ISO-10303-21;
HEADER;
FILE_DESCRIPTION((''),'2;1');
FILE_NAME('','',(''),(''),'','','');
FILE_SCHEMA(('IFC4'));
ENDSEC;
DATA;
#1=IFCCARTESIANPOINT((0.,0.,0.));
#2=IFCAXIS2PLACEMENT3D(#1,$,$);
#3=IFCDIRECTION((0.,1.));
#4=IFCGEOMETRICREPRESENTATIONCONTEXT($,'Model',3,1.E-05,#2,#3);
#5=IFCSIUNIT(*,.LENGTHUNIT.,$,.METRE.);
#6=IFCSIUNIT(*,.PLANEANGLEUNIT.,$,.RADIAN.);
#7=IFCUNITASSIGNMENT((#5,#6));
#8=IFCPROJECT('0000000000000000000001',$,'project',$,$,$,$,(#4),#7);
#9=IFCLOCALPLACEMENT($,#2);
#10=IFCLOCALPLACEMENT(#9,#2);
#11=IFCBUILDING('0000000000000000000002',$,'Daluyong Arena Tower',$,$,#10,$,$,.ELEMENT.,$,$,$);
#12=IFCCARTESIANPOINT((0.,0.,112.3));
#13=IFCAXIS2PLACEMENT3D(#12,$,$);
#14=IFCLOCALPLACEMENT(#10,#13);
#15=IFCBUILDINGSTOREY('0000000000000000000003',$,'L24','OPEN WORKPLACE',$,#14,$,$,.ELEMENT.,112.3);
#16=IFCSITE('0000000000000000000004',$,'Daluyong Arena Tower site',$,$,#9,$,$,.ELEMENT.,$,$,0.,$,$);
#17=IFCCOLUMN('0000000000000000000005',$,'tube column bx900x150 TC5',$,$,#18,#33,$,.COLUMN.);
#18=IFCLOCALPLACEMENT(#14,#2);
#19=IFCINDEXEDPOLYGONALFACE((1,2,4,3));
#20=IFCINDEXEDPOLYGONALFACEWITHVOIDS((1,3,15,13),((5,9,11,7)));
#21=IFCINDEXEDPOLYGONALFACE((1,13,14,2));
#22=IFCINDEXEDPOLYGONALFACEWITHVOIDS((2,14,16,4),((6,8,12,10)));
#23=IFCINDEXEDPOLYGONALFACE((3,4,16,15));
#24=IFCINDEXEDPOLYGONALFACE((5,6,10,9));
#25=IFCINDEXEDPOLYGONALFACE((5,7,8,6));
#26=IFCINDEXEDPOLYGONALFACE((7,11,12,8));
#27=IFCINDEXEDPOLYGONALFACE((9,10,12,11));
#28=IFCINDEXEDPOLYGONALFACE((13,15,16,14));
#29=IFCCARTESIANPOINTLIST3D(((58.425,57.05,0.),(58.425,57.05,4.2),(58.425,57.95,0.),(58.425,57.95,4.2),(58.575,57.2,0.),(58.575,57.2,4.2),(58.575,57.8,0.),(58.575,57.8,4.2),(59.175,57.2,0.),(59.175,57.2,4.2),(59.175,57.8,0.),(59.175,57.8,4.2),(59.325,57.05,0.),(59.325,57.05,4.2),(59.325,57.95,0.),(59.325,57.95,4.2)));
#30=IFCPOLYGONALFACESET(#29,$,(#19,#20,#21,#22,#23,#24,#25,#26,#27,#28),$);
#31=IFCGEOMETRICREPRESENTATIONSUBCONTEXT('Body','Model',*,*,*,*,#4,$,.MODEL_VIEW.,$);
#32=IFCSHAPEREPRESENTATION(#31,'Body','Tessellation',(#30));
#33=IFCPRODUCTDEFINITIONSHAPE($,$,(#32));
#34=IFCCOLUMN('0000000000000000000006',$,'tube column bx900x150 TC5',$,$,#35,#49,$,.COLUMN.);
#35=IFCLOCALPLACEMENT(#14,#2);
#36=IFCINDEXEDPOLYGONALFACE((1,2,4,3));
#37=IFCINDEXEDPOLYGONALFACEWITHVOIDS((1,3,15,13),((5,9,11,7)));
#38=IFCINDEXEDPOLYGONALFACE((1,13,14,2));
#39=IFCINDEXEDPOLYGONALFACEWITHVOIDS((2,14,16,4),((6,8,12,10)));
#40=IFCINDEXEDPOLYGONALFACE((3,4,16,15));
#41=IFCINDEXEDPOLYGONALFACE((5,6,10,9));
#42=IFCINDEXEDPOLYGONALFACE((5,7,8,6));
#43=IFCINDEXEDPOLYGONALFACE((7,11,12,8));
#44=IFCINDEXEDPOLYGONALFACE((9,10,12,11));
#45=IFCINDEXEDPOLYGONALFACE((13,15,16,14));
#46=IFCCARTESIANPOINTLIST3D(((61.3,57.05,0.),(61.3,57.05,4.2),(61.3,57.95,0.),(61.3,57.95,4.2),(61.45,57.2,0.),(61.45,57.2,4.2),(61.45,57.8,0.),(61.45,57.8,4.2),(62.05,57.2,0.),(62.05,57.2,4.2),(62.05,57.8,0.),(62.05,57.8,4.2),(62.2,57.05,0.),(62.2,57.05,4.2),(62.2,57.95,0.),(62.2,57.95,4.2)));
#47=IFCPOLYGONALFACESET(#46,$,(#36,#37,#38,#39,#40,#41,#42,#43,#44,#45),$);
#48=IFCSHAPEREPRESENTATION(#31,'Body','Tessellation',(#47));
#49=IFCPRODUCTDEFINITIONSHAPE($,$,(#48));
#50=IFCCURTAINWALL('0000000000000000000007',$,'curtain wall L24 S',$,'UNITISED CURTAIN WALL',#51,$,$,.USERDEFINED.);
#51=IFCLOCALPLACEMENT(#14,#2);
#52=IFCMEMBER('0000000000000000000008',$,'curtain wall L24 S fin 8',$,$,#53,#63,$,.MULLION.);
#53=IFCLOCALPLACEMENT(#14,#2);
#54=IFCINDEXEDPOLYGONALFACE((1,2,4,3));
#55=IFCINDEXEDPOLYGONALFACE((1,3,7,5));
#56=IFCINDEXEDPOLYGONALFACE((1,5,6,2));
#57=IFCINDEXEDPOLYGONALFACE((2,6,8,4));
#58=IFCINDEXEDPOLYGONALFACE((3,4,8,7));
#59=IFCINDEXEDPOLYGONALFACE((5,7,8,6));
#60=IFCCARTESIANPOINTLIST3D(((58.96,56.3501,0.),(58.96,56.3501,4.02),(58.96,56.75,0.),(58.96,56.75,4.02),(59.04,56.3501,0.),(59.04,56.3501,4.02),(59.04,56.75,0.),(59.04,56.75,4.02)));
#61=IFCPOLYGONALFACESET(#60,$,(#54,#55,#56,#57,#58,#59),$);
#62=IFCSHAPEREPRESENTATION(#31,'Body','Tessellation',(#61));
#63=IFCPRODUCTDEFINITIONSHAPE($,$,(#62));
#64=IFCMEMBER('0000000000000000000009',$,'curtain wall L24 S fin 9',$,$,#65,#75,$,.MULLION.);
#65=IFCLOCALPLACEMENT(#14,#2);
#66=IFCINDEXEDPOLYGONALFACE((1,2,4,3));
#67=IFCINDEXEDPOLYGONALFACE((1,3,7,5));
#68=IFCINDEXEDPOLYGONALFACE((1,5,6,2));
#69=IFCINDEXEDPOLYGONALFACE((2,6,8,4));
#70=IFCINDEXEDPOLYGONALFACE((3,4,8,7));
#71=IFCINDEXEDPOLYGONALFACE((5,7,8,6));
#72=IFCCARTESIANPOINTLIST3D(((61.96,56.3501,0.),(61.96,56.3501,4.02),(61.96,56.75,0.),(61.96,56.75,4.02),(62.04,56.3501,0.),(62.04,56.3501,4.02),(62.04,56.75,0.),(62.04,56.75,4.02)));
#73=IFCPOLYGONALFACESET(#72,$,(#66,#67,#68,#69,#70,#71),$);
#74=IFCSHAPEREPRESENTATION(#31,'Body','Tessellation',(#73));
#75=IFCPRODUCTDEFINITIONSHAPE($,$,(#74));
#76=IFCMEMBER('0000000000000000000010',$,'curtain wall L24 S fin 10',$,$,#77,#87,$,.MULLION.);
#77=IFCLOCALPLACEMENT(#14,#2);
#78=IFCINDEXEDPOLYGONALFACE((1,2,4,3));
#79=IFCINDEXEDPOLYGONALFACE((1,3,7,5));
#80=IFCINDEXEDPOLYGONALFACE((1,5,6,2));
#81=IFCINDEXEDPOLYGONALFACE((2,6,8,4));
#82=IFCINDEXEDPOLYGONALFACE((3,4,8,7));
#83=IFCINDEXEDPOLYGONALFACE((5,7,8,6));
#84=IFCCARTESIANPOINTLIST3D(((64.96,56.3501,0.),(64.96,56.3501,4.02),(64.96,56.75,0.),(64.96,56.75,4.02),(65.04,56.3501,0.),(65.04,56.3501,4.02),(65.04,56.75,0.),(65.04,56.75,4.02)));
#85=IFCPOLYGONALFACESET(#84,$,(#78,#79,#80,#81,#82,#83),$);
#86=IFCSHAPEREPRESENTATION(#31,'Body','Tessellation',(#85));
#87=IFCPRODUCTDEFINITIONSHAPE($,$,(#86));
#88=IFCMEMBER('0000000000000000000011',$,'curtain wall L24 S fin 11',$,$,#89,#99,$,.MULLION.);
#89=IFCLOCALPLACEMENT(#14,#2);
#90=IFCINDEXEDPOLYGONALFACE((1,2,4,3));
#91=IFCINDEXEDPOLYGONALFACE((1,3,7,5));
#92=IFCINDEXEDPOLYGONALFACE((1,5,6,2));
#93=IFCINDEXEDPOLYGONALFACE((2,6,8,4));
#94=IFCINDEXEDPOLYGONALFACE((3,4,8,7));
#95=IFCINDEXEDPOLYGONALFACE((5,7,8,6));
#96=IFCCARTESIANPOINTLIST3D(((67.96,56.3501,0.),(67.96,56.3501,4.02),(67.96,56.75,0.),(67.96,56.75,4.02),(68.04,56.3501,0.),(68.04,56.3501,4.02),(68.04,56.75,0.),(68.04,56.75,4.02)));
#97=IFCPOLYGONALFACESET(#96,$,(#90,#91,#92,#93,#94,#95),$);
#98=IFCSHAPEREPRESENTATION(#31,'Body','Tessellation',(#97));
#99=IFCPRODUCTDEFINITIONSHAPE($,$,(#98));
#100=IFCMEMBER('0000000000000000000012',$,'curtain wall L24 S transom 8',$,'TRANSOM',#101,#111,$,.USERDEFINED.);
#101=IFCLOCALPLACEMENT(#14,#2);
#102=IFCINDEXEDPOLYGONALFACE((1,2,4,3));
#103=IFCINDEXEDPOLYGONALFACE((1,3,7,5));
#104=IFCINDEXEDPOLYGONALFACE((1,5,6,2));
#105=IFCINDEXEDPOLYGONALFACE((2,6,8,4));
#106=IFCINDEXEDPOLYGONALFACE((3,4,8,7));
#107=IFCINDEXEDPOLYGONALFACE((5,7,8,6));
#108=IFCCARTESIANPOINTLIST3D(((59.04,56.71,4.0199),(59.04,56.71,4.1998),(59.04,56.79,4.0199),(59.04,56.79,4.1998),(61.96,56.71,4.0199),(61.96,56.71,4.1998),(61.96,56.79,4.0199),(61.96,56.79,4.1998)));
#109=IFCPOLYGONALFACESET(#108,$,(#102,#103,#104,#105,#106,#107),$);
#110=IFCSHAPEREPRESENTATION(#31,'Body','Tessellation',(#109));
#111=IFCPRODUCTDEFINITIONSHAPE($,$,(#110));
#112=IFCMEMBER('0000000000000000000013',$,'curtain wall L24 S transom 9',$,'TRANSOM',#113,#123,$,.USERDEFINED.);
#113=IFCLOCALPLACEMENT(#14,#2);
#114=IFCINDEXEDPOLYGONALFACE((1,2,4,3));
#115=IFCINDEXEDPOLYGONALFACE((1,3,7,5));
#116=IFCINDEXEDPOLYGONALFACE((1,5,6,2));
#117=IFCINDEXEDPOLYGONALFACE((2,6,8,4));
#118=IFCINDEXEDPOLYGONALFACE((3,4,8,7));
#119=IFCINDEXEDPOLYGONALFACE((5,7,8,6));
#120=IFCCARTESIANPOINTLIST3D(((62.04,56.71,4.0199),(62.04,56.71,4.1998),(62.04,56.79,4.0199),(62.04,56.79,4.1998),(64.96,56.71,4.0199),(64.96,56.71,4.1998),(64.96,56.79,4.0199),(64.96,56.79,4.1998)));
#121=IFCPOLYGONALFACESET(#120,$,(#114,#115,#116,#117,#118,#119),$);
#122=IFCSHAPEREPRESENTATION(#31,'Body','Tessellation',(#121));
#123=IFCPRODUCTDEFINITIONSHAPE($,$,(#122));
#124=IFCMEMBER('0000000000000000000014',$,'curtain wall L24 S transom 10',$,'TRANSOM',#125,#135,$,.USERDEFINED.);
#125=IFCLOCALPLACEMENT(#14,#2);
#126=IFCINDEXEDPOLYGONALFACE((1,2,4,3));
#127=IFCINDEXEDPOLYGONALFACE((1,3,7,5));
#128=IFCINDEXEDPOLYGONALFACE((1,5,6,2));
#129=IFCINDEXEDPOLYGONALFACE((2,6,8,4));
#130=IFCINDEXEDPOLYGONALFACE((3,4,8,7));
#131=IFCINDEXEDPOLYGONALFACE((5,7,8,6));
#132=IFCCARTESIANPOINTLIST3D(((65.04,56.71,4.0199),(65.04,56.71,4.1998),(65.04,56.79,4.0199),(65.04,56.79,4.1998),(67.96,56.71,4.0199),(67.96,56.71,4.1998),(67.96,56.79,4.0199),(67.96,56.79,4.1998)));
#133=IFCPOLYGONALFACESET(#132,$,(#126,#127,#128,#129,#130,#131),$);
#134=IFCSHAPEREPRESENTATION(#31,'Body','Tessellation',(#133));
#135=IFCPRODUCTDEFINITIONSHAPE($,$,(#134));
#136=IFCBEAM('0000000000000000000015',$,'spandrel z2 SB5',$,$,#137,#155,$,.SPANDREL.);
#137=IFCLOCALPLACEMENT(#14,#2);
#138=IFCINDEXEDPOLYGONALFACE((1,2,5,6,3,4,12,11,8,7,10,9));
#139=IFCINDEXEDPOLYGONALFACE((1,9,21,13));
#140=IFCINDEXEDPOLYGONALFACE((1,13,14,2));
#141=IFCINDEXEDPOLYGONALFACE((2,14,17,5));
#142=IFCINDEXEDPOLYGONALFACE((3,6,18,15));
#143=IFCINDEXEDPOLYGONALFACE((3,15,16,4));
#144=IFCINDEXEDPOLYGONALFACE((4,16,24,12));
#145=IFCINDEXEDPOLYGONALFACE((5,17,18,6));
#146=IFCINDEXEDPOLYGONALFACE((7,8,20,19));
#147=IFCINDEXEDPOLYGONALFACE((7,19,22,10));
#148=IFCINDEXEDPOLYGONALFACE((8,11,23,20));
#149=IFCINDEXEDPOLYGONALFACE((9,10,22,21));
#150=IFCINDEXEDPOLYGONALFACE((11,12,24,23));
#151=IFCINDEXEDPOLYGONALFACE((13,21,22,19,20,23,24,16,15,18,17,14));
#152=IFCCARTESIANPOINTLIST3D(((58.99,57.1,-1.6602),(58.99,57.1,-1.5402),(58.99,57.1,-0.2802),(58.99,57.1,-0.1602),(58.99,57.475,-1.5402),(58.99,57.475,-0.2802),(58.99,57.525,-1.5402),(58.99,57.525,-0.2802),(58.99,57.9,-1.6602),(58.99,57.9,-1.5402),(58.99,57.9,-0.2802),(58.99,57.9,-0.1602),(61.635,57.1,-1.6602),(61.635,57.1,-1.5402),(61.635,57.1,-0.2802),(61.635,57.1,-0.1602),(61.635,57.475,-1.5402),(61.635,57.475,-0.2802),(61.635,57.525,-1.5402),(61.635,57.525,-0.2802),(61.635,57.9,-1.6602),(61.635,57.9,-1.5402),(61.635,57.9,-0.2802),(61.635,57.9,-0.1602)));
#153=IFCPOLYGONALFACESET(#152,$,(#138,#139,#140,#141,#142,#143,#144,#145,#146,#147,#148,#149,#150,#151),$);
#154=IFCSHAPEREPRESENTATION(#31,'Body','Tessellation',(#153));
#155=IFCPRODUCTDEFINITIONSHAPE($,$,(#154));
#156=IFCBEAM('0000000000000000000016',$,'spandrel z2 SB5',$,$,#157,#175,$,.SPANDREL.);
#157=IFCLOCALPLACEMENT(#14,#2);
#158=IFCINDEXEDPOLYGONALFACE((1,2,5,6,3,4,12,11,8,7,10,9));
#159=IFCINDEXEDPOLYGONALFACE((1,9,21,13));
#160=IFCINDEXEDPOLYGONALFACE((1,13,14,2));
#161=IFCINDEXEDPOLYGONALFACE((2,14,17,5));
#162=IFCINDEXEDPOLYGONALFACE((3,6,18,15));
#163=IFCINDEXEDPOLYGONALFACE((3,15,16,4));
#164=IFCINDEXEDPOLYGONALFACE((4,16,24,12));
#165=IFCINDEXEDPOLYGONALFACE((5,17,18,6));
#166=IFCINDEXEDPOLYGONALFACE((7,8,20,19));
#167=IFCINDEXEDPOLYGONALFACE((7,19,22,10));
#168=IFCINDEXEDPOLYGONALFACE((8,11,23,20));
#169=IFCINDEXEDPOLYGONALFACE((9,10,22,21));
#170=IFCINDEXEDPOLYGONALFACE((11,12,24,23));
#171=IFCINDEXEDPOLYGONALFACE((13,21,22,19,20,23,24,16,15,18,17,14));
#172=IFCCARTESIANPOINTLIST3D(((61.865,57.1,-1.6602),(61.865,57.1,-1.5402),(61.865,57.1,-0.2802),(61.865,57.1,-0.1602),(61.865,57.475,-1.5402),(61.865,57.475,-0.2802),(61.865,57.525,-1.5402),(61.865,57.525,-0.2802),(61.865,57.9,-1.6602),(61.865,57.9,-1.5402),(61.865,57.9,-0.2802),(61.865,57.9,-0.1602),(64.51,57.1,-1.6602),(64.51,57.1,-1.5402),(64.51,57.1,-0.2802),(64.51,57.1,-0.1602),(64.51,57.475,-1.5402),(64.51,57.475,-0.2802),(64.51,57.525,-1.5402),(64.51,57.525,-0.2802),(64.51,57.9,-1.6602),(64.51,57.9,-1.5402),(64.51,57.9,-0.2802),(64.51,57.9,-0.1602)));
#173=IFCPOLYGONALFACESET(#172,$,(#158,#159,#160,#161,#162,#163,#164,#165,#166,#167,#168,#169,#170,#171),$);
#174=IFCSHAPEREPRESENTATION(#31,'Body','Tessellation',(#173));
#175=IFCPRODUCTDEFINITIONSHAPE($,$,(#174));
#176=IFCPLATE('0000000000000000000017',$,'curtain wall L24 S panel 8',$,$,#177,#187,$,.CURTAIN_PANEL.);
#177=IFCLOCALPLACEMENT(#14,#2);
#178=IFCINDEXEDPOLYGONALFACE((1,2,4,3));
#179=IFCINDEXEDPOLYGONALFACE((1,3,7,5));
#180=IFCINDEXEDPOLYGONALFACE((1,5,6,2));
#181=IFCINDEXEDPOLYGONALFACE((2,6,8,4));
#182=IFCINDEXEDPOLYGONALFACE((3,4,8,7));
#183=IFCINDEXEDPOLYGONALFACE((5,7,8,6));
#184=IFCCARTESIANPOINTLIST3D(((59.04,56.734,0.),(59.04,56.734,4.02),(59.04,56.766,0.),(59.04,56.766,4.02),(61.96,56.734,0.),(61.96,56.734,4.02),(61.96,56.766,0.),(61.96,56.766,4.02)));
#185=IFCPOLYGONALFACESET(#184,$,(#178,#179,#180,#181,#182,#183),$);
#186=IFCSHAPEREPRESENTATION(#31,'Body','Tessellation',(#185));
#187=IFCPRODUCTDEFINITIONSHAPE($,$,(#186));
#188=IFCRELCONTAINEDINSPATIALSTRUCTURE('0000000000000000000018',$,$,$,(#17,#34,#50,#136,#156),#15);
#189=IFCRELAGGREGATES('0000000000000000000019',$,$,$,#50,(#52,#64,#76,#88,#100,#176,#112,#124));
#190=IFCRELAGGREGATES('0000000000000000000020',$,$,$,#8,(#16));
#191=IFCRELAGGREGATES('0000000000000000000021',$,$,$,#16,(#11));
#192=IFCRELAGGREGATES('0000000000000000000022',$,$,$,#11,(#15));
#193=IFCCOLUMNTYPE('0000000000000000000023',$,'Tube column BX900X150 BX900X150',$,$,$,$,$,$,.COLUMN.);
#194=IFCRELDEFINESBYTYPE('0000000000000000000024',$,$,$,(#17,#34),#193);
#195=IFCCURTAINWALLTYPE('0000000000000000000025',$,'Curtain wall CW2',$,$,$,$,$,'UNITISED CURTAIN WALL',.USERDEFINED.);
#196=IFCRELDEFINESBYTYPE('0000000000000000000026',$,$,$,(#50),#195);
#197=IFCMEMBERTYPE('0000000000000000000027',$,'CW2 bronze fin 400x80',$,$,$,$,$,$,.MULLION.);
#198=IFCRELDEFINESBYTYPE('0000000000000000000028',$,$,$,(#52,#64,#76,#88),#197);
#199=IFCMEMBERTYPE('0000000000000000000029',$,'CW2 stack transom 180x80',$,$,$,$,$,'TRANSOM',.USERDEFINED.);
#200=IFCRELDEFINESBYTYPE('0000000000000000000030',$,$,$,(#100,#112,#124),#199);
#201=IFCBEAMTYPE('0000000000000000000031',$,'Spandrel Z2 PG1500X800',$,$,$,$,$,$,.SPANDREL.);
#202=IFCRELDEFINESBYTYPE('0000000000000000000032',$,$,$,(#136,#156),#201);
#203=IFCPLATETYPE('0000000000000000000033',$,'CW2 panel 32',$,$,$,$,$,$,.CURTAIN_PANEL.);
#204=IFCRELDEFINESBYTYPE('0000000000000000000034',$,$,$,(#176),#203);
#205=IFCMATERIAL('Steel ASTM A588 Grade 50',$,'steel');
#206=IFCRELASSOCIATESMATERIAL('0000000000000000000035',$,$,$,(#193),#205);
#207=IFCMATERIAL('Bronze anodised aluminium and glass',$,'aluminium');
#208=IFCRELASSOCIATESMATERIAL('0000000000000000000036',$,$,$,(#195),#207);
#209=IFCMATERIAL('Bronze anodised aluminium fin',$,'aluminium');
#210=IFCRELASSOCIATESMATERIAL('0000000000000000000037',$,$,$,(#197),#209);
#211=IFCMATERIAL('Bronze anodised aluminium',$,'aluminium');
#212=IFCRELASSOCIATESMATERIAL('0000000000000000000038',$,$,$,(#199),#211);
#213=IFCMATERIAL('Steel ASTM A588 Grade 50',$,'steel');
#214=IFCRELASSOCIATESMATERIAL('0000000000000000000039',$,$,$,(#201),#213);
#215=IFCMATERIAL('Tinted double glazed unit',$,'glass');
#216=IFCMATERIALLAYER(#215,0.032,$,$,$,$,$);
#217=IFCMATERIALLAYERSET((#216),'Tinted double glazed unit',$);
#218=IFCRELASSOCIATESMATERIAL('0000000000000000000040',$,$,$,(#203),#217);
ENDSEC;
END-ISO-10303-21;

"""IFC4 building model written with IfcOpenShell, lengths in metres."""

from ifc_helpers import new_model, si_unit, direction, frame, origin, origin_2d, place, context, subcontext, project, spatial, rectangle, hollow_rectangle, i_section, extrude, material, layer, layer_set, material_profile, profile_set, type_object, element, aggregate, save


model = new_model("IFC4")

# Units and contexts
model_context = context("Model", 3, precision=1e-05, world=origin(), true_north=direction((0.0, 1.0)))
body_context = subcontext(model_context, "Body", "Model", "MODEL_VIEW")
ifc_project = project(units=[si_unit("LENGTHUNIT", "METRE"), si_unit("PLANEANGLEUNIT", "RADIAN")], contexts=[model_context])

# Site, building, storey
site_placement = place(None, origin())
site = spatial("IfcSite", under=ifc_project, at=site_placement, Name="Daluyong Arena Tower site", CompositionType="ELEMENT", RefElevation=0.0)
building_placement = place(site_placement, origin())
building = spatial("IfcBuilding", under=site, at=building_placement, Name="Daluyong Arena Tower", CompositionType="ELEMENT")
storey_placement = place(building_placement, frame((0.0, 0.0, 112.3)))
storey = spatial("IfcBuildingStorey", under=building, at=storey_placement, Name="L24", Description="OPEN WORKPLACE", CompositionType="ELEMENT", Elevation=112.3)

# Columns
ifc_material_1 = material(Name="Steel ASTM A588 Grade 50", Category="steel")
ifc_material_profile_1 = material_profile(ifc_material_1, hollow_rectangle(XDim=0.8999, YDim=0.8999, WallThickness=0.15, at=origin_2d()))
ifc_profile_set_1 = profile_set([ifc_material_profile_1], Name="Steel ASTM A588 Grade 50")
column_type = type_object("IfcColumnType", Name="Tube column BX900X150 BX900X150", PredefinedType="COLUMN", material=ifc_profile_set_1)
for number, where, z_axis, x_axis, name in (
    (1, (58.875, 57.5, 0.0), (0.0, 0.0, 1.0), (1.0, 0.0, 0.0), "tube column bx900x150 TC5"),
    (2, (61.75, 57.5, 0.0), (0.0, 0.0, 1.0), (1.0, 0.0, 0.0), "tube column bx900x150 TC5"),
):
    element("IfcColumn", number, at=place(storey_placement, frame(where, z_axis=z_axis, x_axis=x_axis)), inside=storey, type_object=column_type, Name=name, PredefinedType="COLUMN", context=body_context, shape_type="SweptSolid", body=[
        extrude(hollow_rectangle(XDim=0.8999, YDim=0.8999, WallThickness=0.15, at=origin_2d()), origin(), (0.0, 0.0, 1.0), 4.2),
    ])

# Curtain wall, members
ifc_material_2 = material(Name="Bronze anodised aluminium and glass", Category="aluminium")
curtain_wall_type = type_object("IfcCurtainWallType", Name="Curtain wall CW2", ElementType="UNITISED CURTAIN WALL", PredefinedType="USERDEFINED", material=ifc_material_2)
curtain_wall_placement = place(storey_placement, origin())
curtain_wall = element("IfcCurtainWall", 3, at=curtain_wall_placement, inside=storey, type_object=curtain_wall_type, Name="curtain wall L24 S", ObjectType="UNITISED CURTAIN WALL", PredefinedType="USERDEFINED")
ifc_material_3 = material(Name="Bronze anodised aluminium fin", Category="aluminium")
ifc_material_profile_2 = material_profile(ifc_material_3, rectangle(XDim=0.3999, YDim=0.0801, at=origin_2d()))
ifc_profile_set_2 = profile_set([ifc_material_profile_2], Name="Bronze anodised aluminium fin")
member_type_1 = type_object("IfcMemberType", Name="CW2 bronze fin 400x80", PredefinedType="MULLION", material=ifc_profile_set_2)
member_1_placement = place(storey_placement, frame((59.0, 56.55, 0.0), z_axis=(0.0, 0.0, 1.0), x_axis=(0.0, 1.0, 0.0)))
member_1 = element("IfcMember", 4, at=member_1_placement, type_object=member_type_1, Name="curtain wall L24 S fin 8", PredefinedType="MULLION", context=body_context, shape_type="SweptSolid", body=[
    extrude(rectangle(XDim=0.3999, YDim=0.0801, at=origin_2d()), origin(), (0.0, 0.0, 1.0), 4.02),
])
member_2_placement = place(storey_placement, frame((62.0, 56.55, 0.0), z_axis=(0.0, 0.0, 1.0), x_axis=(0.0, 1.0, 0.0)))
member_2 = element("IfcMember", 5, at=member_2_placement, type_object=member_type_1, Name="curtain wall L24 S fin 9", PredefinedType="MULLION", context=body_context, shape_type="SweptSolid", body=[
    extrude(rectangle(XDim=0.3999, YDim=0.0801, at=origin_2d()), origin(), (0.0, 0.0, 1.0), 4.02),
])
member_3_placement = place(storey_placement, frame((65.0, 56.55, 0.0), z_axis=(0.0, 0.0, 1.0), x_axis=(0.0, 1.0, 0.0)))
member_3 = element("IfcMember", 6, at=member_3_placement, type_object=member_type_1, Name="curtain wall L24 S fin 10", PredefinedType="MULLION", context=body_context, shape_type="SweptSolid", body=[
    extrude(rectangle(XDim=0.3999, YDim=0.0801, at=origin_2d()), origin(), (0.0, 0.0, 1.0), 4.02),
])
member_4_placement = place(storey_placement, frame((68.0, 56.55, 0.0), z_axis=(0.0, 0.0, 1.0), x_axis=(0.0, 1.0, 0.0)))
member_4 = element("IfcMember", 7, at=member_4_placement, type_object=member_type_1, Name="curtain wall L24 S fin 11", PredefinedType="MULLION", context=body_context, shape_type="SweptSolid", body=[
    extrude(rectangle(XDim=0.3999, YDim=0.0801, at=origin_2d()), origin(), (0.0, 0.0, 1.0), 4.02),
])
ifc_material_4 = material(Name="Bronze anodised aluminium", Category="aluminium")
ifc_material_profile_3 = material_profile(ifc_material_4, rectangle(XDim=0.0801, YDim=0.1799, at=origin_2d()))
ifc_profile_set_3 = profile_set([ifc_material_profile_3], Name="Bronze anodised aluminium")
member_type_2 = type_object("IfcMemberType", Name="CW2 stack transom 180x80", ElementType="TRANSOM", PredefinedType="USERDEFINED", material=ifc_profile_set_3)
member_5_placement = place(storey_placement, frame((59.04, 56.75, 4.1099), z_axis=(1.0, 0.0, 0.0), x_axis=(0.0, 1.0, 0.0)))
member_5 = element("IfcMember", 8, at=member_5_placement, type_object=member_type_2, Name="curtain wall L24 S transom 8", ObjectType="TRANSOM", PredefinedType="USERDEFINED", context=body_context, shape_type="SweptSolid", body=[
    extrude(rectangle(XDim=0.0801, YDim=0.1799, at=origin_2d()), origin(), (0.0, 0.0, 1.0), 2.9199),
])
member_6_placement = place(storey_placement, frame((62.04, 56.75, 4.1099), z_axis=(1.0, 0.0, 0.0), x_axis=(0.0, 1.0, 0.0)))
member_6 = element("IfcMember", 9, at=member_6_placement, type_object=member_type_2, Name="curtain wall L24 S transom 9", ObjectType="TRANSOM", PredefinedType="USERDEFINED", context=body_context, shape_type="SweptSolid", body=[
    extrude(rectangle(XDim=0.0801, YDim=0.1799, at=origin_2d()), origin(), (0.0, 0.0, 1.0), 2.9199),
])
member_7_placement = place(storey_placement, frame((65.04, 56.75, 4.1099), z_axis=(1.0, 0.0, 0.0), x_axis=(0.0, 1.0, 0.0)))
member_7 = element("IfcMember", 10, at=member_7_placement, type_object=member_type_2, Name="curtain wall L24 S transom 10", ObjectType="TRANSOM", PredefinedType="USERDEFINED", context=body_context, shape_type="SweptSolid", body=[
    extrude(rectangle(XDim=0.0801, YDim=0.1799, at=origin_2d()), origin(), (0.0, 0.0, 1.0), 2.9199),
])

# Beams
ifc_material_5 = material(Name="Steel ASTM A588 Grade 50", Category="steel")
ifc_material_profile_4 = material_profile(ifc_material_5, i_section(OverallWidth=0.8, OverallDepth=1.5, WebThickness=0.05, FlangeThickness=0.12, at=origin_2d()))
ifc_profile_set_4 = profile_set([ifc_material_profile_4], Name="Steel ASTM A588 Grade 50")
beam_type = type_object("IfcBeamType", Name="Spandrel Z2 PG1500X800", PredefinedType="SPANDREL", material=ifc_profile_set_4)
for number, where, z_axis, x_axis, name in (
    (11, (58.99, 57.5, -0.9102), (1.0, 0.0, 0.0), (0.0, 1.0, 0.0), "spandrel z2 SB5"),
    (12, (61.865, 57.5, -0.9102), (1.0, 0.0, 0.0), (0.0, 1.0, 0.0), "spandrel z2 SB5"),
):
    element("IfcBeam", number, at=place(storey_placement, frame(where, z_axis=z_axis, x_axis=x_axis)), inside=storey, type_object=beam_type, Name=name, PredefinedType="SPANDREL", context=body_context, shape_type="SweptSolid", body=[
        extrude(i_section(OverallWidth=0.8, OverallDepth=1.5, WebThickness=0.05, FlangeThickness=0.12, at=origin_2d()), origin(), (0.0, 0.0, 1.0), 2.645),
    ])

# Plate
ifc_material_6 = material(Name="Tinted double glazed unit", Category="glass")
ifc_layer = layer(ifc_material_6, 0.032)
ifc_layer_set = layer_set([ifc_layer], Name="Tinted double glazed unit")
plate_type = type_object("IfcPlateType", Name="CW2 panel 32", PredefinedType="CURTAIN_PANEL", material=ifc_layer_set)
plate_1_placement = place(storey_placement, frame((60.5, 56.75, 0.0), z_axis=(0.0, 0.0, 1.0), x_axis=(1.0, 0.0, 0.0)))
plate_1 = element("IfcPlate", 13, at=plate_1_placement, type_object=plate_type, Name="curtain wall L24 S panel 8", PredefinedType="CURTAIN_PANEL", context=body_context, shape_type="SweptSolid", body=[
    extrude(rectangle(XDim=2.9199, YDim=0.032, at=origin_2d()), origin(), (0.0, 0.0, 1.0), 4.02),
])
aggregate(curtain_wall, [member_1, member_2, member_3, member_4, member_5, plate_1, member_6, member_7])

save(model, "model.ifc")
